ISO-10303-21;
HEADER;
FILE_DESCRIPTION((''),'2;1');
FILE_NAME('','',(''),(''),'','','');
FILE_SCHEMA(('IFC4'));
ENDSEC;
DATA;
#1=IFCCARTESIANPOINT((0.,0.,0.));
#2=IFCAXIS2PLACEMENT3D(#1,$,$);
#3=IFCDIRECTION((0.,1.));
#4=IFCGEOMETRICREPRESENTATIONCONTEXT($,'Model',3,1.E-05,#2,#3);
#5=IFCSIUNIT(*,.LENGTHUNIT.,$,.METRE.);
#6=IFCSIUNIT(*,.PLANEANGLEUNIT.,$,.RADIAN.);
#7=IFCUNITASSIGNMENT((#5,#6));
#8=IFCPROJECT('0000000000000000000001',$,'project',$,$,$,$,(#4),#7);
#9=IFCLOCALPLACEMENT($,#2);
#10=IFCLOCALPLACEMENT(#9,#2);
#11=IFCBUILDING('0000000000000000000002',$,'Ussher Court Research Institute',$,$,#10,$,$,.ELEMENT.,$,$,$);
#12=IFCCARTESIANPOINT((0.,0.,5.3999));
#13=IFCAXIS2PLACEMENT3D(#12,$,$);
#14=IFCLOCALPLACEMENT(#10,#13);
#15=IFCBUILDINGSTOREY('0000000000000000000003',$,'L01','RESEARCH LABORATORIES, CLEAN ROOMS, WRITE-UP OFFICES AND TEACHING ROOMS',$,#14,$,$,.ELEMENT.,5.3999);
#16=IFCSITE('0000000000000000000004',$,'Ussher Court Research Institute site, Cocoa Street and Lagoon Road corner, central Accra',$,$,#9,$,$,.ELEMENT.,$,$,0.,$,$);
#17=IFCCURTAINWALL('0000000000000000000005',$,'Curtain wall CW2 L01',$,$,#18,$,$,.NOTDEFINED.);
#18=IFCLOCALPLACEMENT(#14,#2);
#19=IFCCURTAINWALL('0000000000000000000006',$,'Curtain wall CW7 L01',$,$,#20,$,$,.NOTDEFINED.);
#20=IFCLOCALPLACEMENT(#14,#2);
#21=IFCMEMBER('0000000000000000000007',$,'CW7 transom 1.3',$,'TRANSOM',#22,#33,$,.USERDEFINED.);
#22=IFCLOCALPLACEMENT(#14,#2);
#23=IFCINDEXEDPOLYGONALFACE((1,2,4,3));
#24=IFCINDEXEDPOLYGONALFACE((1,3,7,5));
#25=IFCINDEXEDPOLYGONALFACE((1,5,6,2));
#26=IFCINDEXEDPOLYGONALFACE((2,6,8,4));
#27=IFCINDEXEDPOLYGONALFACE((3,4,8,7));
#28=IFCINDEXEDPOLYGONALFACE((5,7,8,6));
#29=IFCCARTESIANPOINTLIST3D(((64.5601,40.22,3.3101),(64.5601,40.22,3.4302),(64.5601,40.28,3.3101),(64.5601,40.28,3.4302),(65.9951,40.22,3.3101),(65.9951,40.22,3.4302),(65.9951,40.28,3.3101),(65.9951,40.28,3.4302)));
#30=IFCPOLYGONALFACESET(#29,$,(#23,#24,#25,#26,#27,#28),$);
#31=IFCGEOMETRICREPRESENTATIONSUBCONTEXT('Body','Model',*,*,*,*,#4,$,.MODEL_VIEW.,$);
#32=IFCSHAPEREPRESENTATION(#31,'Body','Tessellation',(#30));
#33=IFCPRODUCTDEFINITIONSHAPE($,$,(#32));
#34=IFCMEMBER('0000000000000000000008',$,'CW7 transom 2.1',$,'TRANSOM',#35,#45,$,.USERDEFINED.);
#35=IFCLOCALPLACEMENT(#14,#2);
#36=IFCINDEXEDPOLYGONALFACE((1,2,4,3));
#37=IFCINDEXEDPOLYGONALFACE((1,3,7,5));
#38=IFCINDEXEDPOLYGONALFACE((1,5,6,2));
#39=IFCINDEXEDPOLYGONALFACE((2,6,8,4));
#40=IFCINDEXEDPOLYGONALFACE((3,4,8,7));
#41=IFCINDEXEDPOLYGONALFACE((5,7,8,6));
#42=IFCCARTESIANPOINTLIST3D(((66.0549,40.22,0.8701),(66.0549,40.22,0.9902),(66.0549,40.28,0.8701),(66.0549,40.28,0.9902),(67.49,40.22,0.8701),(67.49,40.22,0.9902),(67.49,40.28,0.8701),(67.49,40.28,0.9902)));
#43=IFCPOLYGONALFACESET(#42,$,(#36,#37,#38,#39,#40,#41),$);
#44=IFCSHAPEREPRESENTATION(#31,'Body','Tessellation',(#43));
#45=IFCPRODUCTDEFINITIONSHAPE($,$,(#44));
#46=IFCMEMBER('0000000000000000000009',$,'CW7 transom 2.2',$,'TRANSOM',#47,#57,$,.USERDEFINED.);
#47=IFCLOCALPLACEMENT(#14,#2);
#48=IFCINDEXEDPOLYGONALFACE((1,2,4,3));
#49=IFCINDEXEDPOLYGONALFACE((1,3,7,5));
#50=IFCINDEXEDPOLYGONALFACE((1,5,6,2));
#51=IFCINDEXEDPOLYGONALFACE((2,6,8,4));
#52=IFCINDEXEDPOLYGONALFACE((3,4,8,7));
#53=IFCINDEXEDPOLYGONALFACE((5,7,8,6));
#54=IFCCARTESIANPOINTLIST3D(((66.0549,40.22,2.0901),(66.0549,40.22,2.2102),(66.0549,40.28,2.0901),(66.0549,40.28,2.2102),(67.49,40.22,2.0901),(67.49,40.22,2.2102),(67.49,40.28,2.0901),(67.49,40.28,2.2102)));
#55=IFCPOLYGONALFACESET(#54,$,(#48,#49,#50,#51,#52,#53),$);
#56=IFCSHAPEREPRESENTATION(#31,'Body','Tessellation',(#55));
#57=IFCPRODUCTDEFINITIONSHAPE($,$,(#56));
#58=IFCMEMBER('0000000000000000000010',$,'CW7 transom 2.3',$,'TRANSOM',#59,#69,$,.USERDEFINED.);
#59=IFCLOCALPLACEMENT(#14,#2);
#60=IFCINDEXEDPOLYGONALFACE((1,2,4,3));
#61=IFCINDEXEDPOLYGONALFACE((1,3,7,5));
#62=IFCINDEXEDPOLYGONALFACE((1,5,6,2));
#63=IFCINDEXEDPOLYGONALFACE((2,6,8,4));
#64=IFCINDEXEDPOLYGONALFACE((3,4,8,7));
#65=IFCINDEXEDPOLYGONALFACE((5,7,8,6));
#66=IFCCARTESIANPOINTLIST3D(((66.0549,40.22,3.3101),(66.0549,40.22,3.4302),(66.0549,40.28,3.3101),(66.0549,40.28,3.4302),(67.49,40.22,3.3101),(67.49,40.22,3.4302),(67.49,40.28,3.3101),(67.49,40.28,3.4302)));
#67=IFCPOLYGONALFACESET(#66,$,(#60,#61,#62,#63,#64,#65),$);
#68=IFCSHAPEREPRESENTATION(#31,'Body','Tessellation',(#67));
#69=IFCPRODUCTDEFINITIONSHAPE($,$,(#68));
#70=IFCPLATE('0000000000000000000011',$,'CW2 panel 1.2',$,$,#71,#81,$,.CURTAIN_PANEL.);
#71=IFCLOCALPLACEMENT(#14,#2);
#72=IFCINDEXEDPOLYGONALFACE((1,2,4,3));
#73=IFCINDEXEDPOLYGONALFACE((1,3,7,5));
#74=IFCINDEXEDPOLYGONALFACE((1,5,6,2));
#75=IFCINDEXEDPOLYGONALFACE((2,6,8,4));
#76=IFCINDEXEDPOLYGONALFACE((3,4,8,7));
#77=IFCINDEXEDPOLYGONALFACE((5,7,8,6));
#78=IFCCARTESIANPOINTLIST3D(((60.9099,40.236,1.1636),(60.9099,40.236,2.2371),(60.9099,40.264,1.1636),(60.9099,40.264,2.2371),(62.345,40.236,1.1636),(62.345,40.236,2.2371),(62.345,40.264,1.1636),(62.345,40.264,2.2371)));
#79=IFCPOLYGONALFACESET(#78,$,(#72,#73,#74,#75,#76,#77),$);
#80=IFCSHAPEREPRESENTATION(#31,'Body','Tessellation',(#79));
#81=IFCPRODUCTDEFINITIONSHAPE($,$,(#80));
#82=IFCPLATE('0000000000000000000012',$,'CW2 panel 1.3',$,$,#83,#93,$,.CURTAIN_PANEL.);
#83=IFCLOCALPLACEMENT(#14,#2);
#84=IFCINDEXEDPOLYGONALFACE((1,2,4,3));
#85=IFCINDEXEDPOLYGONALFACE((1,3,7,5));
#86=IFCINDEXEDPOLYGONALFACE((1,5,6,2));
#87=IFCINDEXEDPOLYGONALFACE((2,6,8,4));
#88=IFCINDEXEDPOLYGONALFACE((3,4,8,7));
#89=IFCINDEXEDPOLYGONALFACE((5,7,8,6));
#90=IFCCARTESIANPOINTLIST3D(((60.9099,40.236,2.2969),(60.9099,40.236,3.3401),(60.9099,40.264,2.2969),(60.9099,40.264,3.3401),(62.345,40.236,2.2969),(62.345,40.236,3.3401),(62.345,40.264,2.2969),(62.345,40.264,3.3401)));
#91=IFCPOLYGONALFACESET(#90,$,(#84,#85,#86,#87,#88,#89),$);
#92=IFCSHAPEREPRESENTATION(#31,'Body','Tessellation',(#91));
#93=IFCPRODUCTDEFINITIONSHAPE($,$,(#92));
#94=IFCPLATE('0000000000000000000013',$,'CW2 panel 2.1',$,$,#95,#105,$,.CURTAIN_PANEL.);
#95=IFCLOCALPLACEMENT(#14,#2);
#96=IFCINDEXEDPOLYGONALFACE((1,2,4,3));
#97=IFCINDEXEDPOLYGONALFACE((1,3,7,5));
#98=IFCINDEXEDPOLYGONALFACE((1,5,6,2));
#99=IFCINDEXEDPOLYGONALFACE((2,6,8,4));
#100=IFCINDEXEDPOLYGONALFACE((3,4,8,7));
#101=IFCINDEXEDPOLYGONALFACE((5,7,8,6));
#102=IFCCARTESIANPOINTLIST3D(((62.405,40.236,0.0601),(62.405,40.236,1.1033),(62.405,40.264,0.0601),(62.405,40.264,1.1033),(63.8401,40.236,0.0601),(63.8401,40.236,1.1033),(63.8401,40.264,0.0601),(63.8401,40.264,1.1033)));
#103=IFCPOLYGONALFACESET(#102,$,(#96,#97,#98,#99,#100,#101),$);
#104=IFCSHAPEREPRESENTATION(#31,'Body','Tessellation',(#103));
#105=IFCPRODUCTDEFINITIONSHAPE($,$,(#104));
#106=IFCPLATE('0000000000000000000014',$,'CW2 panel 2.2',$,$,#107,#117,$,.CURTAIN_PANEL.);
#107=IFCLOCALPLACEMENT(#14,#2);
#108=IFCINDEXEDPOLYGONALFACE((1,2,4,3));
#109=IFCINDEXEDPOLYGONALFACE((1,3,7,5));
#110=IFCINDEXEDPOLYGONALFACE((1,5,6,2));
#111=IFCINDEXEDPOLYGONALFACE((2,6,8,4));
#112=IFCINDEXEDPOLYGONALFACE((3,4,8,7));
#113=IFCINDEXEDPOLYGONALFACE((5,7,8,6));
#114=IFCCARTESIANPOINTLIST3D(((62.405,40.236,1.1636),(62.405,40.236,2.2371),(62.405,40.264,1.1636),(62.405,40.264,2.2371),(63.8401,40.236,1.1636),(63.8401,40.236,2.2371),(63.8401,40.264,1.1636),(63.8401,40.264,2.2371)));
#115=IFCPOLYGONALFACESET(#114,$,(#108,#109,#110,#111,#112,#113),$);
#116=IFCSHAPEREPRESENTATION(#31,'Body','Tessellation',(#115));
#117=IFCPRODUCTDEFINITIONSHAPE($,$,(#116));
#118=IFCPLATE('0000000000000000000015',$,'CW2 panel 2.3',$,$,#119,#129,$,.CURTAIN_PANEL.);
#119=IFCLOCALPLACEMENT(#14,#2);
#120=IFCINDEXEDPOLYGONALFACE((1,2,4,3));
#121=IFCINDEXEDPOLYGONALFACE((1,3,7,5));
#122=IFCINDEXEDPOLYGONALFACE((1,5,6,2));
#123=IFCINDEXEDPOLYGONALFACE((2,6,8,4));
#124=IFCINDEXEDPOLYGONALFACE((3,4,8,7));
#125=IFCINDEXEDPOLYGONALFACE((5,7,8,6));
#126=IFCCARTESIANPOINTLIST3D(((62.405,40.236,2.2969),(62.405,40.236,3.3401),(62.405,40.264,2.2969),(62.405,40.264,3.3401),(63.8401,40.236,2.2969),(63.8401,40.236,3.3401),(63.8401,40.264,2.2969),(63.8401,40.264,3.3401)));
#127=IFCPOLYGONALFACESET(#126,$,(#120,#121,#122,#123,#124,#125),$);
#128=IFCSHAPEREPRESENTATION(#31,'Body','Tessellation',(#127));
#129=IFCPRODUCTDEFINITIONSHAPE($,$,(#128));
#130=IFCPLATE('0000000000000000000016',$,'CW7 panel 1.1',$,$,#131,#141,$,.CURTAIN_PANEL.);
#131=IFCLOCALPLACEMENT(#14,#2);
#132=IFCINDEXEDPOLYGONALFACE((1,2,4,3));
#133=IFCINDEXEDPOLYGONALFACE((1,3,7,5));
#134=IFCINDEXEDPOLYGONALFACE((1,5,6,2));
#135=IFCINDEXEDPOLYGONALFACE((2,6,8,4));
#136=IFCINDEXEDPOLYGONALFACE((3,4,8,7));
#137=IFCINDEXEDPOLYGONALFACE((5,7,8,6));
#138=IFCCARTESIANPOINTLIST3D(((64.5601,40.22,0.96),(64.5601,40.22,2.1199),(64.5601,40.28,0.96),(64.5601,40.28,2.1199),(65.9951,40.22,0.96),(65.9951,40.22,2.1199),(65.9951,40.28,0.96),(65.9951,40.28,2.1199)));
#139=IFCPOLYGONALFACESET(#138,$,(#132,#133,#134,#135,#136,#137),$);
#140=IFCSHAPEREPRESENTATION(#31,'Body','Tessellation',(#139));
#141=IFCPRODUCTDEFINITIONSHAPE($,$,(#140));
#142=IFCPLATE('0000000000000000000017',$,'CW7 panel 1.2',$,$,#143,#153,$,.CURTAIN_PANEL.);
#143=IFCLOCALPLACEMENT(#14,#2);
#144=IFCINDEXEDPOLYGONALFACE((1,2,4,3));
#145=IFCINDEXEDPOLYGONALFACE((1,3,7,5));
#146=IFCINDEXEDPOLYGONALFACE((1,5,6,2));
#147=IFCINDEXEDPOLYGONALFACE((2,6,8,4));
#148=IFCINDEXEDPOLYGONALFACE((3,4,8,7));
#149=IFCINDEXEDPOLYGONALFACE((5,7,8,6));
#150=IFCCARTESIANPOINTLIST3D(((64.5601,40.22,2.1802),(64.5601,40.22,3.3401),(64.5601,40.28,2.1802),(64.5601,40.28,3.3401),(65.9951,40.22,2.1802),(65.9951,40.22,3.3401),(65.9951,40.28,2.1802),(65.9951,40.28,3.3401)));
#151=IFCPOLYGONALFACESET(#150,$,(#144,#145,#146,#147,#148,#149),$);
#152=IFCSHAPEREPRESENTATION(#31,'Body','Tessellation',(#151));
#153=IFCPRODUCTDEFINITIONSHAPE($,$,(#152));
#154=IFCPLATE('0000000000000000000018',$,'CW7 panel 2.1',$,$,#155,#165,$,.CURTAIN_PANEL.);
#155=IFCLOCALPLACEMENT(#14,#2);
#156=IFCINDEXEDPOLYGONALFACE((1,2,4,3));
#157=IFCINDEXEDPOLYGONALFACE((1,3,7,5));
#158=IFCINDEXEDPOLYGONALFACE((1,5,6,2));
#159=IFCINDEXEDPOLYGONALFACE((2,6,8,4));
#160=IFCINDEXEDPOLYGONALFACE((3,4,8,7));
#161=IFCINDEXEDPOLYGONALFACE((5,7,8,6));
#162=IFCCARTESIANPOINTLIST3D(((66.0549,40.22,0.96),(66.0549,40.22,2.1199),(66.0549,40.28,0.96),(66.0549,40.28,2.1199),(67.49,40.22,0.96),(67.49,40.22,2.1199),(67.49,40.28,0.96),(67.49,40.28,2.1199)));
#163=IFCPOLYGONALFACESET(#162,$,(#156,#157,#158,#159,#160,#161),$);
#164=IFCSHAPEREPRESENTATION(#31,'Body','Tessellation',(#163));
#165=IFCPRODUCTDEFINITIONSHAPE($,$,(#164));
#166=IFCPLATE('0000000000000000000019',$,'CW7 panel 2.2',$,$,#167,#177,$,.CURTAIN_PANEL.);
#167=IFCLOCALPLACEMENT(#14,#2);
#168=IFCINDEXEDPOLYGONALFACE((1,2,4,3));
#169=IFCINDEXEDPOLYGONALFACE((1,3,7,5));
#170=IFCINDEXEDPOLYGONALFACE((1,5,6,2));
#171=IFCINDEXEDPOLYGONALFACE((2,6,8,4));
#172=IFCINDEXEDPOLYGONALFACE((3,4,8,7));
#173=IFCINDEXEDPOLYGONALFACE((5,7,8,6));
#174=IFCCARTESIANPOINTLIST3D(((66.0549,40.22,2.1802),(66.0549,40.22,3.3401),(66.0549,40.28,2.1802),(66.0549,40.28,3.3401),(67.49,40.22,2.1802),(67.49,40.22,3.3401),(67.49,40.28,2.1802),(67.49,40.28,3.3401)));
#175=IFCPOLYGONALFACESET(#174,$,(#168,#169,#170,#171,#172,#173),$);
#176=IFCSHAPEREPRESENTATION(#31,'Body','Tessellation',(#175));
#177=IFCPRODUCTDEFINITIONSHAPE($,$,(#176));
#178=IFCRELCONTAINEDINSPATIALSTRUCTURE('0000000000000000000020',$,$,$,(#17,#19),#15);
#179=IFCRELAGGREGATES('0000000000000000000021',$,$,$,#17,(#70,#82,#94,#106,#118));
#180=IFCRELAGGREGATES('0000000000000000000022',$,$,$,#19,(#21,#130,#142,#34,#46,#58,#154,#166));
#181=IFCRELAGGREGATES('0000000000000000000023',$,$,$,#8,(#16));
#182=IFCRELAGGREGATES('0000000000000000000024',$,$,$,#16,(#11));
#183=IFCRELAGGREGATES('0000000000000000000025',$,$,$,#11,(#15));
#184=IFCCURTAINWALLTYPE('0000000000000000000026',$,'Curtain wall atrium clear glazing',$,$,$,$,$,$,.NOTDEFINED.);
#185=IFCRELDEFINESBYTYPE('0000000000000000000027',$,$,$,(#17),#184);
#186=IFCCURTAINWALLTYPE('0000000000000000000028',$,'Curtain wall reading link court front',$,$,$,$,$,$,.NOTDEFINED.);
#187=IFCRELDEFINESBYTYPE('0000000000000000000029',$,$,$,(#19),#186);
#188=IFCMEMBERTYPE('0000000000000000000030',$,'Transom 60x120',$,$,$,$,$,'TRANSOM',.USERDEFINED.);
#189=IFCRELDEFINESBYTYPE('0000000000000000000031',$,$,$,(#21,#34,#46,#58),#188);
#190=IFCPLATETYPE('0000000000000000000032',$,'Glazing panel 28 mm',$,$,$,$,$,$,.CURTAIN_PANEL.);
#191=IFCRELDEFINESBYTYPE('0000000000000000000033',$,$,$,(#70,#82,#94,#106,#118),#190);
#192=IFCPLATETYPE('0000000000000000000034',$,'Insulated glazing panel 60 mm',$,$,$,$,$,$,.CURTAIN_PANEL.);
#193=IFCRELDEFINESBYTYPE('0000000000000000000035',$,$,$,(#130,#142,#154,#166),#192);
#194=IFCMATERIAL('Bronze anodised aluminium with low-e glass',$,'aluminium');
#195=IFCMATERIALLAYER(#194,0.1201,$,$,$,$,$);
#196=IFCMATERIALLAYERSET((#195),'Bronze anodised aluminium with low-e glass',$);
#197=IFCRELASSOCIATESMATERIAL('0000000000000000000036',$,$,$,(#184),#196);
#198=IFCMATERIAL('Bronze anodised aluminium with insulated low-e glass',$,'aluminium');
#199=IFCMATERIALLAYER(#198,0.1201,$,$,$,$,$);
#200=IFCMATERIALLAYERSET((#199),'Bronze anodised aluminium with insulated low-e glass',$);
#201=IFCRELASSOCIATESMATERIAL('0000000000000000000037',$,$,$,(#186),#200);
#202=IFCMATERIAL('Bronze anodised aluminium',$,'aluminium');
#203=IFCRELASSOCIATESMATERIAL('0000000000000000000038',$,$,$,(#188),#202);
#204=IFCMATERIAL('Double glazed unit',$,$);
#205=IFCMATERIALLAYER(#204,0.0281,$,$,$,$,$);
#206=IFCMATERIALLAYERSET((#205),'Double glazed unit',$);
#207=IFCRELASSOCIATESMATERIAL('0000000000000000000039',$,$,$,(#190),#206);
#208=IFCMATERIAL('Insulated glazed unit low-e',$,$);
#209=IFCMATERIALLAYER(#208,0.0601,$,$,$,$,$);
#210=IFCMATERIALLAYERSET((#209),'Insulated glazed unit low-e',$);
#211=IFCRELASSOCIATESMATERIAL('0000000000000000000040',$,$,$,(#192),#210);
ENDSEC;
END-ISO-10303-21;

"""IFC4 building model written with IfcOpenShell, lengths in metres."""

from ifc_helpers import new_model, si_unit, direction, frame, origin, origin_2d, place, context, subcontext, project, spatial, rectangle, extrude, material, layer, layer_set, material_profile, profile_set, type_object, element, aggregate, save


model = new_model("IFC4")

# Units and contexts
model_context = context("Model", 3, precision=1e-05, world=origin(), true_north=direction((0.0, 1.0)))
body_context = subcontext(model_context, "Body", "Model", "MODEL_VIEW")
ifc_project = project(units=[si_unit("LENGTHUNIT", "METRE"), si_unit("PLANEANGLEUNIT", "RADIAN")], contexts=[model_context])

# Site, building, storey
site_placement = place(None, origin())
site = spatial("IfcSite", under=ifc_project, at=site_placement, Name="Ussher Court Research Institute site, Cocoa Street and Lagoon Road corner, central Accra", CompositionType="ELEMENT", RefElevation=0.0)
building_placement = place(site_placement, origin())
building = spatial("IfcBuilding", under=site, at=building_placement, Name="Ussher Court Research Institute", CompositionType="ELEMENT")
storey_placement = place(building_placement, frame((0.0, 0.0, 5.3999)))
storey = spatial("IfcBuildingStorey", under=building, at=storey_placement, Name="L01", Description="RESEARCH LABORATORIES, CLEAN ROOMS, WRITE-UP OFFICES AND TEACHING ROOMS", CompositionType="ELEMENT", Elevation=5.3999)

# Curtain walls
ifc_material_1 = material(Name="Bronze anodised aluminium with low-e glass", Category="aluminium")
ifc_layer_1 = layer(ifc_material_1, 0.1201)
ifc_layer_set_1 = layer_set([ifc_layer_1], Name="Bronze anodised aluminium with low-e glass")
curtain_wall_type_1 = type_object("IfcCurtainWallType", Name="Curtain wall atrium clear glazing", PredefinedType="NOTDEFINED", material=ifc_layer_set_1)
curtain_wall_1_placement = place(storey_placement, origin())
curtain_wall_1 = element("IfcCurtainWall", 1, at=curtain_wall_1_placement, inside=storey, type_object=curtain_wall_type_1, Name="Curtain wall CW2 L01", PredefinedType="NOTDEFINED")
ifc_material_2 = material(Name="Bronze anodised aluminium with insulated low-e glass", Category="aluminium")
ifc_layer_2 = layer(ifc_material_2, 0.1201)
ifc_layer_set_2 = layer_set([ifc_layer_2], Name="Bronze anodised aluminium with insulated low-e glass")
curtain_wall_type_2 = type_object("IfcCurtainWallType", Name="Curtain wall reading link court front", PredefinedType="NOTDEFINED", material=ifc_layer_set_2)
curtain_wall_2_placement = place(storey_placement, origin())
curtain_wall_2 = element("IfcCurtainWall", 2, at=curtain_wall_2_placement, inside=storey, type_object=curtain_wall_type_2, Name="Curtain wall CW7 L01", PredefinedType="NOTDEFINED")

# Members
ifc_material_3 = material(Name="Bronze anodised aluminium", Category="aluminium")
ifc_material_profile_1 = material_profile(ifc_material_3, rectangle(XDim=0.0601, YDim=0.1201, at=origin_2d()), Name="Transom 60x120")
ifc_profile_set_1 = profile_set([ifc_material_profile_1], Name="Bronze anodised aluminium")
member_type_1 = type_object("IfcMemberType", Name="Transom 60x120", ElementType="TRANSOM", PredefinedType="USERDEFINED", material=ifc_profile_set_1)
member_1_placement = place(storey_placement, frame((64.5601, 40.25, 3.3701), z_axis=(1.0, 0.0, 0.0), x_axis=(0.0, 1.0, 0.0)))
member_1 = element("IfcMember", 3, at=member_1_placement, type_object=member_type_1, Name="CW7 transom 1.3", ObjectType="TRANSOM", PredefinedType="USERDEFINED", context=body_context, shape_type="SweptSolid", body=[
    extrude(rectangle(XDim=0.0601, YDim=0.1201, at=origin_2d()), origin(), (0.0, 0.0, 1.0), 1.4351),
])
member_2_placement = place(storey_placement, frame((66.0549, 40.25, 0.9302), z_axis=(1.0, 0.0, 0.0), x_axis=(0.0, 1.0, 0.0)))
member_2 = element("IfcMember", 4, at=member_2_placement, type_object=member_type_1, Name="CW7 transom 2.1", ObjectType="TRANSOM", PredefinedType="USERDEFINED", context=body_context, shape_type="SweptSolid", body=[
    extrude(rectangle(XDim=0.0601, YDim=0.1201, at=origin_2d()), origin(), (0.0, 0.0, 1.0), 1.4351),
])
member_3_placement = place(storey_placement, frame((66.0549, 40.25, 2.1501), z_axis=(1.0, 0.0, 0.0), x_axis=(0.0, 1.0, 0.0)))
member_3 = element("IfcMember", 5, at=member_3_placement, type_object=member_type_1, Name="CW7 transom 2.2", ObjectType="TRANSOM", PredefinedType="USERDEFINED", context=body_context, shape_type="SweptSolid", body=[
    extrude(rectangle(XDim=0.0601, YDim=0.1201, at=origin_2d()), origin(), (0.0, 0.0, 1.0), 1.4351),
])
member_4_placement = place(storey_placement, frame((66.0549, 40.25, 3.3701), z_axis=(1.0, 0.0, 0.0), x_axis=(0.0, 1.0, 0.0)))
member_4 = element("IfcMember", 6, at=member_4_placement, type_object=member_type_1, Name="CW7 transom 2.3", ObjectType="TRANSOM", PredefinedType="USERDEFINED", context=body_context, shape_type="SweptSolid", body=[
    extrude(rectangle(XDim=0.0601, YDim=0.1201, at=origin_2d()), origin(), (0.0, 0.0, 1.0), 1.4351),
])

# Plates
ifc_material_4 = material(Name="Double glazed unit")
ifc_layer_3 = layer(ifc_material_4, 0.0281)
ifc_layer_set_3 = layer_set([ifc_layer_3], Name="Double glazed unit")
plate_type_1 = type_object("IfcPlateType", Name="Glazing panel 28 mm", PredefinedType="CURTAIN_PANEL", material=ifc_layer_set_3)
plate_1_placement = place(storey_placement, frame((61.6274, 40.25, 1.1636), z_axis=(0.0, 0.0, 1.0), x_axis=(1.0, 0.0, 0.0)))
plate_1 = element("IfcPlate", 7, at=plate_1_placement, type_object=plate_type_1, Name="CW2 panel 1.2", PredefinedType="CURTAIN_PANEL", context=body_context, shape_type="SweptSolid", body=[
    extrude(rectangle(XDim=1.4351, YDim=0.0281, at=origin_2d()), origin(), (0.0, 0.0, 1.0), 1.0735),
])
plate_2_placement = place(storey_placement, frame((61.6274, 40.25, 2.2969), z_axis=(0.0, 0.0, 1.0), x_axis=(1.0, 0.0, 0.0)))
plate_2 = element("IfcPlate", 8, at=plate_2_placement, type_object=plate_type_1, Name="CW2 panel 1.3", PredefinedType="CURTAIN_PANEL", context=body_context, shape_type="SweptSolid", body=[
    extrude(rectangle(XDim=1.4351, YDim=0.0281, at=origin_2d()), origin(), (0.0, 0.0, 1.0), 1.0432),
])
plate_3_placement = place(storey_placement, frame((63.1226, 40.25, 0.0601), z_axis=(0.0, 0.0, 1.0), x_axis=(1.0, 0.0, 0.0)))
plate_3 = element("IfcPlate", 9, at=plate_3_placement, type_object=plate_type_1, Name="CW2 panel 2.1", PredefinedType="CURTAIN_PANEL", context=body_context, shape_type="SweptSolid", body=[
    extrude(rectangle(XDim=1.4351, YDim=0.0281, at=origin_2d()), origin(), (0.0, 0.0, 1.0), 1.0432),
])
plate_4_placement = place(storey_placement, frame((63.1226, 40.25, 1.1636), z_axis=(0.0, 0.0, 1.0), x_axis=(1.0, 0.0, 0.0)))
plate_4 = element("IfcPlate", 10, at=plate_4_placement, type_object=plate_type_1, Name="CW2 panel 2.2", PredefinedType="CURTAIN_PANEL", context=body_context, shape_type="SweptSolid", body=[
    extrude(rectangle(XDim=1.4351, YDim=0.0281, at=origin_2d()), origin(), (0.0, 0.0, 1.0), 1.0735),
])
plate_5_placement = place(storey_placement, frame((63.1226, 40.25, 2.2969), z_axis=(0.0, 0.0, 1.0), x_axis=(1.0, 0.0, 0.0)))
plate_5 = element("IfcPlate", 11, at=plate_5_placement, type_object=plate_type_1, Name="CW2 panel 2.3", PredefinedType="CURTAIN_PANEL", context=body_context, shape_type="SweptSolid", body=[
    extrude(rectangle(XDim=1.4351, YDim=0.0281, at=origin_2d()), origin(), (0.0, 0.0, 1.0), 1.0432),
])
aggregate(curtain_wall_1, [plate_1, plate_2, plate_3, plate_4, plate_5])
ifc_material_5 = material(Name="Insulated glazed unit low-e")
ifc_layer_4 = layer(ifc_material_5, 0.0601)
ifc_layer_set_4 = layer_set([ifc_layer_4], Name="Insulated glazed unit low-e")
plate_type_2 = type_object("IfcPlateType", Name="Insulated glazing panel 60 mm", PredefinedType="CURTAIN_PANEL", material=ifc_layer_set_4)
plate_6_placement = place(storey_placement, frame((65.2776, 40.25, 0.96), z_axis=(0.0, 0.0, 1.0), x_axis=(1.0, 0.0, 0.0)))
plate_6 = element("IfcPlate", 12, at=plate_6_placement, type_object=plate_type_2, Name="CW7 panel 1.1", PredefinedType="CURTAIN_PANEL", context=body_context, shape_type="SweptSolid", body=[
    extrude(rectangle(XDim=1.4351, YDim=0.0601, at=origin_2d()), origin(), (0.0, 0.0, 1.0), 1.1599),
])
plate_7_placement = place(storey_placement, frame((65.2776, 40.25, 2.1802), z_axis=(0.0, 0.0, 1.0), x_axis=(1.0, 0.0, 0.0)))
plate_7 = element("IfcPlate", 13, at=plate_7_placement, type_object=plate_type_2, Name="CW7 panel 1.2", PredefinedType="CURTAIN_PANEL", context=body_context, shape_type="SweptSolid", body=[
    extrude(rectangle(XDim=1.4351, YDim=0.0601, at=origin_2d()), origin(), (0.0, 0.0, 1.0), 1.1599),
])
plate_8_placement = place(storey_placement, frame((66.7725, 40.25, 0.96), z_axis=(0.0, 0.0, 1.0), x_axis=(1.0, 0.0, 0.0)))
plate_8 = element("IfcPlate", 14, at=plate_8_placement, type_object=plate_type_2, Name="CW7 panel 2.1", PredefinedType="CURTAIN_PANEL", context=body_context, shape_type="SweptSolid", body=[
    extrude(rectangle(XDim=1.4351, YDim=0.0601, at=origin_2d()), origin(), (0.0, 0.0, 1.0), 1.1599),
])
plate_9_placement = place(storey_placement, frame((66.7725, 40.25, 2.1802), z_axis=(0.0, 0.0, 1.0), x_axis=(1.0, 0.0, 0.0)))
plate_9 = element("IfcPlate", 15, at=plate_9_placement, type_object=plate_type_2, Name="CW7 panel 2.2", PredefinedType="CURTAIN_PANEL", context=body_context, shape_type="SweptSolid", body=[
    extrude(rectangle(XDim=1.4351, YDim=0.0601, at=origin_2d()), origin(), (0.0, 0.0, 1.0), 1.1599),
])
aggregate(curtain_wall_2, [member_1, plate_6, plate_7, member_2, member_3, member_4, plate_8, plate_9])

save(model, "model.ifc")
